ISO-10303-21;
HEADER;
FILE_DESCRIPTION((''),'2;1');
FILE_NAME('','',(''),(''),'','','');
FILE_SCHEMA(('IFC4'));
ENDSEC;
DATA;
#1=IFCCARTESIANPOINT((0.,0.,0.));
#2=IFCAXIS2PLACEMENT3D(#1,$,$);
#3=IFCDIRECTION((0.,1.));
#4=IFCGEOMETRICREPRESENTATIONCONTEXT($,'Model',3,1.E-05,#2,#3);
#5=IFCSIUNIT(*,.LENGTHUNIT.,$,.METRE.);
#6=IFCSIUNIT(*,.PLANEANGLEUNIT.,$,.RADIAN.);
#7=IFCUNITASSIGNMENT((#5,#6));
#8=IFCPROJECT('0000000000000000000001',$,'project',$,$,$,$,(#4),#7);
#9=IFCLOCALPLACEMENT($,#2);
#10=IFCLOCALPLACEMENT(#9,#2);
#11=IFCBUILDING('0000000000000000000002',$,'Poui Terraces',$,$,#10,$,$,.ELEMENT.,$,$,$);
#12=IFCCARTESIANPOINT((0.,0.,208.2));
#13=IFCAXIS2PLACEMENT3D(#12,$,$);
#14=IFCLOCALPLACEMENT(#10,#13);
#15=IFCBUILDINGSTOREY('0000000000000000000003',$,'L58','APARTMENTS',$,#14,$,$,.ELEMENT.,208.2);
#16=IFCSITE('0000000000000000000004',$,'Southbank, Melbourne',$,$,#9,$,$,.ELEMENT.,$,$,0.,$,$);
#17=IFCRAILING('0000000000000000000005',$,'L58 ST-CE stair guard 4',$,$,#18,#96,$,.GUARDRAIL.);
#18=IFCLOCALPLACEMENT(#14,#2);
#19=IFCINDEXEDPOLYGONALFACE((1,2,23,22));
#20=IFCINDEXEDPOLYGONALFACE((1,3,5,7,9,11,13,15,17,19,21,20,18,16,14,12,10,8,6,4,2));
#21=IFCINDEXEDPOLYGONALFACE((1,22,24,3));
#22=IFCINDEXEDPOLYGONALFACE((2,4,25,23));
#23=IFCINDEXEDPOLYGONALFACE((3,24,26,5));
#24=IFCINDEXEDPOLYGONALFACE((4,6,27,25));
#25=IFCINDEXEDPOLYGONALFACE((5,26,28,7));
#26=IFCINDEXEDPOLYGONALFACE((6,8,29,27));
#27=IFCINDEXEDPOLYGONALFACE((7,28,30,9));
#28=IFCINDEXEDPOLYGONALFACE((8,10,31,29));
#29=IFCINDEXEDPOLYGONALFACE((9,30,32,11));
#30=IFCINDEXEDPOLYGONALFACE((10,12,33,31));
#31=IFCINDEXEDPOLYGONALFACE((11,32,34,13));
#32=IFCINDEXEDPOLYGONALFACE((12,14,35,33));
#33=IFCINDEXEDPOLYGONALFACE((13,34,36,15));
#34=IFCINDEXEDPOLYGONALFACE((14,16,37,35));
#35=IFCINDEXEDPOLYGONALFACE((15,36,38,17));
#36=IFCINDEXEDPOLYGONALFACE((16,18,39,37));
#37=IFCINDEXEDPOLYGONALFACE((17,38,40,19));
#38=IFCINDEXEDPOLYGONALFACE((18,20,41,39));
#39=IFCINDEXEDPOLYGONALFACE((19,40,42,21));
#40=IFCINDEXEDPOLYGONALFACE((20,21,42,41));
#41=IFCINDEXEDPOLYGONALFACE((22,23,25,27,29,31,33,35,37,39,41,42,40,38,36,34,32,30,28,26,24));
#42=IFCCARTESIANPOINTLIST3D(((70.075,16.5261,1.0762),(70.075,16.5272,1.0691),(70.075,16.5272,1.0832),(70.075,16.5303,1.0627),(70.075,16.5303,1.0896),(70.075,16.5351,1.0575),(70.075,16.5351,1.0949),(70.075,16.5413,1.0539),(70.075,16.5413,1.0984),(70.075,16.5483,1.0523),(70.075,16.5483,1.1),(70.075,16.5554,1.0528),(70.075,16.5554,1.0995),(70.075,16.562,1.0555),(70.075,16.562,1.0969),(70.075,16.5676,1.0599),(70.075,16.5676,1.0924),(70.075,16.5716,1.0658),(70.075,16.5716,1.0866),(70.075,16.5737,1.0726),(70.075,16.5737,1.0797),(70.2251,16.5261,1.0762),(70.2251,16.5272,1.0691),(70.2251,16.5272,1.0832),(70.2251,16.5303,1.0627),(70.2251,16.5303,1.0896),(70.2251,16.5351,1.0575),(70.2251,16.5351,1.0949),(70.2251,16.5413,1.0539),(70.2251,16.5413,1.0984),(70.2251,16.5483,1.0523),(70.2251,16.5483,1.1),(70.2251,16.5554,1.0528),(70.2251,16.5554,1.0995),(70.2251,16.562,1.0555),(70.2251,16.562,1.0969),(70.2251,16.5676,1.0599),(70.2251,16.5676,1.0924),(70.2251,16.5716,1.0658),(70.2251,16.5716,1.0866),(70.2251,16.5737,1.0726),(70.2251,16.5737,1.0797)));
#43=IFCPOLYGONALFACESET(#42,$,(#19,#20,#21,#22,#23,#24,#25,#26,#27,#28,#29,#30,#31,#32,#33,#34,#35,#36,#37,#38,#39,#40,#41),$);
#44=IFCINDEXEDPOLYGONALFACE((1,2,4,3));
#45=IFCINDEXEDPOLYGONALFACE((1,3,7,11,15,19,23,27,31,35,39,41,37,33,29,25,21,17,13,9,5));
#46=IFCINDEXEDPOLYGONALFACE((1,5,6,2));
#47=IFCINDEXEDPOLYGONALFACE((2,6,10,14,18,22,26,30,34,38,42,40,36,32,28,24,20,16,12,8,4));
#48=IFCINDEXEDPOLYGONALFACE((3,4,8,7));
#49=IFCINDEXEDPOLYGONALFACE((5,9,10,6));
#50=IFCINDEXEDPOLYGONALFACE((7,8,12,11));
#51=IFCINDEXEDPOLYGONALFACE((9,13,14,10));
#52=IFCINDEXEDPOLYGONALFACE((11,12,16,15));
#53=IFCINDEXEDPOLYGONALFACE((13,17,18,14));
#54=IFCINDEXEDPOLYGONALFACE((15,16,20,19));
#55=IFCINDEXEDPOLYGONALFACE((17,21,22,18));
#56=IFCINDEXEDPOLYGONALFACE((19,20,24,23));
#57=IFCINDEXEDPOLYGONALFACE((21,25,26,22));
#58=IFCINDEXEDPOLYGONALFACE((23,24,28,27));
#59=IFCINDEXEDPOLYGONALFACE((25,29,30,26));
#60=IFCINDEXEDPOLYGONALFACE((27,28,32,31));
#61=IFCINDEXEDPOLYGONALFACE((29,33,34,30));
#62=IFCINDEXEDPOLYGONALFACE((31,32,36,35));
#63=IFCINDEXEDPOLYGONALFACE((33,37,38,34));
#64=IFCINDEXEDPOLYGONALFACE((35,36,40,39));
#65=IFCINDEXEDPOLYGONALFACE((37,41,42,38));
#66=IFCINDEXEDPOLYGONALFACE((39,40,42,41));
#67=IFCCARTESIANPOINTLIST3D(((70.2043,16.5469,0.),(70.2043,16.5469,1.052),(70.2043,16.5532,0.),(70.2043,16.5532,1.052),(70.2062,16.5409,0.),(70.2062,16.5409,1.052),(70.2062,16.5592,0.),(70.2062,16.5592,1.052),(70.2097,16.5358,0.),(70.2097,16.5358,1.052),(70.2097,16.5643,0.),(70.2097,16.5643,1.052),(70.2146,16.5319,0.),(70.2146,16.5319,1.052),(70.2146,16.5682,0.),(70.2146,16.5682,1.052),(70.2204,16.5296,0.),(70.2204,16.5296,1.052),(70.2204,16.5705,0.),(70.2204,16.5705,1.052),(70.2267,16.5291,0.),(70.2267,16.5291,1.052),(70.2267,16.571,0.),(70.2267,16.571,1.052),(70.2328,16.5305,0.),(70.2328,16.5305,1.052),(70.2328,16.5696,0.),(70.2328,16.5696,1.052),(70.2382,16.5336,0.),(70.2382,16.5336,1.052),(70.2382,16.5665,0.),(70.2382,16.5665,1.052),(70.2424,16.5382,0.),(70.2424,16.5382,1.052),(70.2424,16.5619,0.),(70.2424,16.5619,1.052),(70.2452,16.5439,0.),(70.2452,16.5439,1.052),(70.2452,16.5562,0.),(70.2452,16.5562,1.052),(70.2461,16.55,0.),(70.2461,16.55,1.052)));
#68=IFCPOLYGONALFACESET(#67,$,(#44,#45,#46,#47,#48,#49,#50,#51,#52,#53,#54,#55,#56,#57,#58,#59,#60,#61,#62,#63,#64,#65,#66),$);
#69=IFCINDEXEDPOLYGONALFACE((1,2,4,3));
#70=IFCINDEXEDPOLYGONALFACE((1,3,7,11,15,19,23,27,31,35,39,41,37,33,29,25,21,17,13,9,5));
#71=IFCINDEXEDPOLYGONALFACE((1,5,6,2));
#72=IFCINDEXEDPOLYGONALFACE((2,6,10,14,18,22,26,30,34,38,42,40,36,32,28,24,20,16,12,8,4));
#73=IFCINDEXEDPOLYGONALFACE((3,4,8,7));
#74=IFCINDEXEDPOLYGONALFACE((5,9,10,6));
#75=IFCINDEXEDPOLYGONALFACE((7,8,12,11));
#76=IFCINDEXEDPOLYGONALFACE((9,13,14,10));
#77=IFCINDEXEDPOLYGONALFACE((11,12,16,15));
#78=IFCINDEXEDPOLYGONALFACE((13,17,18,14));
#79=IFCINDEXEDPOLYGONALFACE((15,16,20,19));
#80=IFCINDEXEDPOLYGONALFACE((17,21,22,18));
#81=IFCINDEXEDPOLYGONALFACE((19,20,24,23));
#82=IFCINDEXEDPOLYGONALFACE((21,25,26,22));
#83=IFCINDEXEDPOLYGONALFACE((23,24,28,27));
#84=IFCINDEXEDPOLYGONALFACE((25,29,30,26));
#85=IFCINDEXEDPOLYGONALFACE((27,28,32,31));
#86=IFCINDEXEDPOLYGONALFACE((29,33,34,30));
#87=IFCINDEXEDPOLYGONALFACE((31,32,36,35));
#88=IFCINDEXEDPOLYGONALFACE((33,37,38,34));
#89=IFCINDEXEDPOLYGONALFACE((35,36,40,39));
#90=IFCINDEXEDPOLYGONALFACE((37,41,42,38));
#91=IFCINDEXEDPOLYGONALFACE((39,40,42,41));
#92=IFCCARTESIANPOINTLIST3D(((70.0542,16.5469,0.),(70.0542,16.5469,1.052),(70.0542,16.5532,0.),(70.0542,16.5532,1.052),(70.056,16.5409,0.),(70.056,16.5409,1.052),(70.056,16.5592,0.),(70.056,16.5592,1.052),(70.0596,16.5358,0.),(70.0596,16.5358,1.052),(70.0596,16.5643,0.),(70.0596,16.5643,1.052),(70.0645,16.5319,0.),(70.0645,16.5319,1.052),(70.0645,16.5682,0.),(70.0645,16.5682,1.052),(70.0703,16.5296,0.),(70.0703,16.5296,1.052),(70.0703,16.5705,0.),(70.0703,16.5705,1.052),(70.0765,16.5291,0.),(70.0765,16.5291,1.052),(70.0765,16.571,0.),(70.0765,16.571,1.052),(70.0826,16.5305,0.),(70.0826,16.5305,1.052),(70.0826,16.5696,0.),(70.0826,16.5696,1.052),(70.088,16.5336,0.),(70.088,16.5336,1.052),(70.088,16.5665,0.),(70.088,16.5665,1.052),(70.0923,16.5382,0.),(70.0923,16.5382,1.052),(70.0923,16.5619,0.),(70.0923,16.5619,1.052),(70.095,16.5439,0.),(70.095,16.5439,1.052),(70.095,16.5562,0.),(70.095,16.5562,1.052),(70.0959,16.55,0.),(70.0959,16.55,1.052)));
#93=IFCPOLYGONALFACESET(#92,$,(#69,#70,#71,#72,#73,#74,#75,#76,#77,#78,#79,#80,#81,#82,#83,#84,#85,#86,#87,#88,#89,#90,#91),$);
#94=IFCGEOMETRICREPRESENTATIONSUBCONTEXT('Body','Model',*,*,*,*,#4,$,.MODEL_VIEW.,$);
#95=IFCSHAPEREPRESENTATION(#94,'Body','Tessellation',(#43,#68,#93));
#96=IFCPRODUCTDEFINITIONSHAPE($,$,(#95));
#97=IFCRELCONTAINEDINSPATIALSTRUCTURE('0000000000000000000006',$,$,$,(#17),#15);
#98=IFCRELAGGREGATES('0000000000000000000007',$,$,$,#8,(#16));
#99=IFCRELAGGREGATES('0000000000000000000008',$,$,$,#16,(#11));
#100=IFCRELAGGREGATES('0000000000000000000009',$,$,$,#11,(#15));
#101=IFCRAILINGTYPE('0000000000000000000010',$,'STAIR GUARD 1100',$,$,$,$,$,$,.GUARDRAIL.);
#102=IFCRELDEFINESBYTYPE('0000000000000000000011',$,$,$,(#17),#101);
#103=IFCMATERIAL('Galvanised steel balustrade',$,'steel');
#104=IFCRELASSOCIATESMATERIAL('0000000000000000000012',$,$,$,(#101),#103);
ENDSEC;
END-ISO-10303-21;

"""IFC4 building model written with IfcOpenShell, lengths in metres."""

from ifc_helpers import new_model, si_unit, direction, frame, origin, origin_2d, place, context, subcontext, project, spatial, circle, extrude, material, type_object, element, save


model = new_model("IFC4")

# Units and contexts
model_context = context("Model", 3, precision=1e-05, world=origin(), true_north=direction((0.0, 1.0)))
body_context = subcontext(model_context, "Body", "Model", "MODEL_VIEW")
ifc_project = project(units=[si_unit("LENGTHUNIT", "METRE"), si_unit("PLANEANGLEUNIT", "RADIAN")], contexts=[model_context])

# Site, building, storey
site_placement = place(None, origin())
site = spatial("IfcSite", under=ifc_project, at=site_placement, Name="Southbank, Melbourne", CompositionType="ELEMENT", RefElevation=0.0)
building_placement = place(site_placement, origin())
building = spatial("IfcBuilding", under=site, at=building_placement, Name="Poui Terraces", CompositionType="ELEMENT")
storey_placement = place(building_placement, frame((0.0, 0.0, 208.2)))
storey = spatial("IfcBuildingStorey", under=building, at=storey_placement, Name="L58", Description="APARTMENTS", CompositionType="ELEMENT", Elevation=208.2)

# Railing
ifc_material_1 = material(Name="Galvanised steel balustrade", Category="steel")
railing_type_1 = type_object("IfcRailingType", Name="STAIR GUARD 1100", PredefinedType="GUARDRAIL", material=ifc_material_1)
railing_1_placement = place(storey_placement, frame((70.2251, 16.55, 0.0)))
element("IfcRailing", 1, at=railing_1_placement, inside=storey, type_object=railing_type_1, Name="L58 ST-CE stair guard 4", PredefinedType="GUARDRAIL", context=body_context, shape_type="SweptSolid", body=[
    extrude(circle(Radius=0.0239, at=origin_2d()), frame((0.0, 0.0, 1.0762), z_axis=(-1.0, 0.0, 0.0), x_axis=(0.0, -1.0, 0.0)), (0.0, 0.0, 1.0), 0.1501),
    extrude(circle(Radius=0.021, at=origin_2d()), origin(), (0.0, 0.0, 1.0), 1.052),
    extrude(circle(Radius=0.021, at=origin_2d()), frame((-0.1501, 0.0, 0.0)), (0.0, 0.0, 1.0), 1.052),
])

save(model, "model.ifc")
